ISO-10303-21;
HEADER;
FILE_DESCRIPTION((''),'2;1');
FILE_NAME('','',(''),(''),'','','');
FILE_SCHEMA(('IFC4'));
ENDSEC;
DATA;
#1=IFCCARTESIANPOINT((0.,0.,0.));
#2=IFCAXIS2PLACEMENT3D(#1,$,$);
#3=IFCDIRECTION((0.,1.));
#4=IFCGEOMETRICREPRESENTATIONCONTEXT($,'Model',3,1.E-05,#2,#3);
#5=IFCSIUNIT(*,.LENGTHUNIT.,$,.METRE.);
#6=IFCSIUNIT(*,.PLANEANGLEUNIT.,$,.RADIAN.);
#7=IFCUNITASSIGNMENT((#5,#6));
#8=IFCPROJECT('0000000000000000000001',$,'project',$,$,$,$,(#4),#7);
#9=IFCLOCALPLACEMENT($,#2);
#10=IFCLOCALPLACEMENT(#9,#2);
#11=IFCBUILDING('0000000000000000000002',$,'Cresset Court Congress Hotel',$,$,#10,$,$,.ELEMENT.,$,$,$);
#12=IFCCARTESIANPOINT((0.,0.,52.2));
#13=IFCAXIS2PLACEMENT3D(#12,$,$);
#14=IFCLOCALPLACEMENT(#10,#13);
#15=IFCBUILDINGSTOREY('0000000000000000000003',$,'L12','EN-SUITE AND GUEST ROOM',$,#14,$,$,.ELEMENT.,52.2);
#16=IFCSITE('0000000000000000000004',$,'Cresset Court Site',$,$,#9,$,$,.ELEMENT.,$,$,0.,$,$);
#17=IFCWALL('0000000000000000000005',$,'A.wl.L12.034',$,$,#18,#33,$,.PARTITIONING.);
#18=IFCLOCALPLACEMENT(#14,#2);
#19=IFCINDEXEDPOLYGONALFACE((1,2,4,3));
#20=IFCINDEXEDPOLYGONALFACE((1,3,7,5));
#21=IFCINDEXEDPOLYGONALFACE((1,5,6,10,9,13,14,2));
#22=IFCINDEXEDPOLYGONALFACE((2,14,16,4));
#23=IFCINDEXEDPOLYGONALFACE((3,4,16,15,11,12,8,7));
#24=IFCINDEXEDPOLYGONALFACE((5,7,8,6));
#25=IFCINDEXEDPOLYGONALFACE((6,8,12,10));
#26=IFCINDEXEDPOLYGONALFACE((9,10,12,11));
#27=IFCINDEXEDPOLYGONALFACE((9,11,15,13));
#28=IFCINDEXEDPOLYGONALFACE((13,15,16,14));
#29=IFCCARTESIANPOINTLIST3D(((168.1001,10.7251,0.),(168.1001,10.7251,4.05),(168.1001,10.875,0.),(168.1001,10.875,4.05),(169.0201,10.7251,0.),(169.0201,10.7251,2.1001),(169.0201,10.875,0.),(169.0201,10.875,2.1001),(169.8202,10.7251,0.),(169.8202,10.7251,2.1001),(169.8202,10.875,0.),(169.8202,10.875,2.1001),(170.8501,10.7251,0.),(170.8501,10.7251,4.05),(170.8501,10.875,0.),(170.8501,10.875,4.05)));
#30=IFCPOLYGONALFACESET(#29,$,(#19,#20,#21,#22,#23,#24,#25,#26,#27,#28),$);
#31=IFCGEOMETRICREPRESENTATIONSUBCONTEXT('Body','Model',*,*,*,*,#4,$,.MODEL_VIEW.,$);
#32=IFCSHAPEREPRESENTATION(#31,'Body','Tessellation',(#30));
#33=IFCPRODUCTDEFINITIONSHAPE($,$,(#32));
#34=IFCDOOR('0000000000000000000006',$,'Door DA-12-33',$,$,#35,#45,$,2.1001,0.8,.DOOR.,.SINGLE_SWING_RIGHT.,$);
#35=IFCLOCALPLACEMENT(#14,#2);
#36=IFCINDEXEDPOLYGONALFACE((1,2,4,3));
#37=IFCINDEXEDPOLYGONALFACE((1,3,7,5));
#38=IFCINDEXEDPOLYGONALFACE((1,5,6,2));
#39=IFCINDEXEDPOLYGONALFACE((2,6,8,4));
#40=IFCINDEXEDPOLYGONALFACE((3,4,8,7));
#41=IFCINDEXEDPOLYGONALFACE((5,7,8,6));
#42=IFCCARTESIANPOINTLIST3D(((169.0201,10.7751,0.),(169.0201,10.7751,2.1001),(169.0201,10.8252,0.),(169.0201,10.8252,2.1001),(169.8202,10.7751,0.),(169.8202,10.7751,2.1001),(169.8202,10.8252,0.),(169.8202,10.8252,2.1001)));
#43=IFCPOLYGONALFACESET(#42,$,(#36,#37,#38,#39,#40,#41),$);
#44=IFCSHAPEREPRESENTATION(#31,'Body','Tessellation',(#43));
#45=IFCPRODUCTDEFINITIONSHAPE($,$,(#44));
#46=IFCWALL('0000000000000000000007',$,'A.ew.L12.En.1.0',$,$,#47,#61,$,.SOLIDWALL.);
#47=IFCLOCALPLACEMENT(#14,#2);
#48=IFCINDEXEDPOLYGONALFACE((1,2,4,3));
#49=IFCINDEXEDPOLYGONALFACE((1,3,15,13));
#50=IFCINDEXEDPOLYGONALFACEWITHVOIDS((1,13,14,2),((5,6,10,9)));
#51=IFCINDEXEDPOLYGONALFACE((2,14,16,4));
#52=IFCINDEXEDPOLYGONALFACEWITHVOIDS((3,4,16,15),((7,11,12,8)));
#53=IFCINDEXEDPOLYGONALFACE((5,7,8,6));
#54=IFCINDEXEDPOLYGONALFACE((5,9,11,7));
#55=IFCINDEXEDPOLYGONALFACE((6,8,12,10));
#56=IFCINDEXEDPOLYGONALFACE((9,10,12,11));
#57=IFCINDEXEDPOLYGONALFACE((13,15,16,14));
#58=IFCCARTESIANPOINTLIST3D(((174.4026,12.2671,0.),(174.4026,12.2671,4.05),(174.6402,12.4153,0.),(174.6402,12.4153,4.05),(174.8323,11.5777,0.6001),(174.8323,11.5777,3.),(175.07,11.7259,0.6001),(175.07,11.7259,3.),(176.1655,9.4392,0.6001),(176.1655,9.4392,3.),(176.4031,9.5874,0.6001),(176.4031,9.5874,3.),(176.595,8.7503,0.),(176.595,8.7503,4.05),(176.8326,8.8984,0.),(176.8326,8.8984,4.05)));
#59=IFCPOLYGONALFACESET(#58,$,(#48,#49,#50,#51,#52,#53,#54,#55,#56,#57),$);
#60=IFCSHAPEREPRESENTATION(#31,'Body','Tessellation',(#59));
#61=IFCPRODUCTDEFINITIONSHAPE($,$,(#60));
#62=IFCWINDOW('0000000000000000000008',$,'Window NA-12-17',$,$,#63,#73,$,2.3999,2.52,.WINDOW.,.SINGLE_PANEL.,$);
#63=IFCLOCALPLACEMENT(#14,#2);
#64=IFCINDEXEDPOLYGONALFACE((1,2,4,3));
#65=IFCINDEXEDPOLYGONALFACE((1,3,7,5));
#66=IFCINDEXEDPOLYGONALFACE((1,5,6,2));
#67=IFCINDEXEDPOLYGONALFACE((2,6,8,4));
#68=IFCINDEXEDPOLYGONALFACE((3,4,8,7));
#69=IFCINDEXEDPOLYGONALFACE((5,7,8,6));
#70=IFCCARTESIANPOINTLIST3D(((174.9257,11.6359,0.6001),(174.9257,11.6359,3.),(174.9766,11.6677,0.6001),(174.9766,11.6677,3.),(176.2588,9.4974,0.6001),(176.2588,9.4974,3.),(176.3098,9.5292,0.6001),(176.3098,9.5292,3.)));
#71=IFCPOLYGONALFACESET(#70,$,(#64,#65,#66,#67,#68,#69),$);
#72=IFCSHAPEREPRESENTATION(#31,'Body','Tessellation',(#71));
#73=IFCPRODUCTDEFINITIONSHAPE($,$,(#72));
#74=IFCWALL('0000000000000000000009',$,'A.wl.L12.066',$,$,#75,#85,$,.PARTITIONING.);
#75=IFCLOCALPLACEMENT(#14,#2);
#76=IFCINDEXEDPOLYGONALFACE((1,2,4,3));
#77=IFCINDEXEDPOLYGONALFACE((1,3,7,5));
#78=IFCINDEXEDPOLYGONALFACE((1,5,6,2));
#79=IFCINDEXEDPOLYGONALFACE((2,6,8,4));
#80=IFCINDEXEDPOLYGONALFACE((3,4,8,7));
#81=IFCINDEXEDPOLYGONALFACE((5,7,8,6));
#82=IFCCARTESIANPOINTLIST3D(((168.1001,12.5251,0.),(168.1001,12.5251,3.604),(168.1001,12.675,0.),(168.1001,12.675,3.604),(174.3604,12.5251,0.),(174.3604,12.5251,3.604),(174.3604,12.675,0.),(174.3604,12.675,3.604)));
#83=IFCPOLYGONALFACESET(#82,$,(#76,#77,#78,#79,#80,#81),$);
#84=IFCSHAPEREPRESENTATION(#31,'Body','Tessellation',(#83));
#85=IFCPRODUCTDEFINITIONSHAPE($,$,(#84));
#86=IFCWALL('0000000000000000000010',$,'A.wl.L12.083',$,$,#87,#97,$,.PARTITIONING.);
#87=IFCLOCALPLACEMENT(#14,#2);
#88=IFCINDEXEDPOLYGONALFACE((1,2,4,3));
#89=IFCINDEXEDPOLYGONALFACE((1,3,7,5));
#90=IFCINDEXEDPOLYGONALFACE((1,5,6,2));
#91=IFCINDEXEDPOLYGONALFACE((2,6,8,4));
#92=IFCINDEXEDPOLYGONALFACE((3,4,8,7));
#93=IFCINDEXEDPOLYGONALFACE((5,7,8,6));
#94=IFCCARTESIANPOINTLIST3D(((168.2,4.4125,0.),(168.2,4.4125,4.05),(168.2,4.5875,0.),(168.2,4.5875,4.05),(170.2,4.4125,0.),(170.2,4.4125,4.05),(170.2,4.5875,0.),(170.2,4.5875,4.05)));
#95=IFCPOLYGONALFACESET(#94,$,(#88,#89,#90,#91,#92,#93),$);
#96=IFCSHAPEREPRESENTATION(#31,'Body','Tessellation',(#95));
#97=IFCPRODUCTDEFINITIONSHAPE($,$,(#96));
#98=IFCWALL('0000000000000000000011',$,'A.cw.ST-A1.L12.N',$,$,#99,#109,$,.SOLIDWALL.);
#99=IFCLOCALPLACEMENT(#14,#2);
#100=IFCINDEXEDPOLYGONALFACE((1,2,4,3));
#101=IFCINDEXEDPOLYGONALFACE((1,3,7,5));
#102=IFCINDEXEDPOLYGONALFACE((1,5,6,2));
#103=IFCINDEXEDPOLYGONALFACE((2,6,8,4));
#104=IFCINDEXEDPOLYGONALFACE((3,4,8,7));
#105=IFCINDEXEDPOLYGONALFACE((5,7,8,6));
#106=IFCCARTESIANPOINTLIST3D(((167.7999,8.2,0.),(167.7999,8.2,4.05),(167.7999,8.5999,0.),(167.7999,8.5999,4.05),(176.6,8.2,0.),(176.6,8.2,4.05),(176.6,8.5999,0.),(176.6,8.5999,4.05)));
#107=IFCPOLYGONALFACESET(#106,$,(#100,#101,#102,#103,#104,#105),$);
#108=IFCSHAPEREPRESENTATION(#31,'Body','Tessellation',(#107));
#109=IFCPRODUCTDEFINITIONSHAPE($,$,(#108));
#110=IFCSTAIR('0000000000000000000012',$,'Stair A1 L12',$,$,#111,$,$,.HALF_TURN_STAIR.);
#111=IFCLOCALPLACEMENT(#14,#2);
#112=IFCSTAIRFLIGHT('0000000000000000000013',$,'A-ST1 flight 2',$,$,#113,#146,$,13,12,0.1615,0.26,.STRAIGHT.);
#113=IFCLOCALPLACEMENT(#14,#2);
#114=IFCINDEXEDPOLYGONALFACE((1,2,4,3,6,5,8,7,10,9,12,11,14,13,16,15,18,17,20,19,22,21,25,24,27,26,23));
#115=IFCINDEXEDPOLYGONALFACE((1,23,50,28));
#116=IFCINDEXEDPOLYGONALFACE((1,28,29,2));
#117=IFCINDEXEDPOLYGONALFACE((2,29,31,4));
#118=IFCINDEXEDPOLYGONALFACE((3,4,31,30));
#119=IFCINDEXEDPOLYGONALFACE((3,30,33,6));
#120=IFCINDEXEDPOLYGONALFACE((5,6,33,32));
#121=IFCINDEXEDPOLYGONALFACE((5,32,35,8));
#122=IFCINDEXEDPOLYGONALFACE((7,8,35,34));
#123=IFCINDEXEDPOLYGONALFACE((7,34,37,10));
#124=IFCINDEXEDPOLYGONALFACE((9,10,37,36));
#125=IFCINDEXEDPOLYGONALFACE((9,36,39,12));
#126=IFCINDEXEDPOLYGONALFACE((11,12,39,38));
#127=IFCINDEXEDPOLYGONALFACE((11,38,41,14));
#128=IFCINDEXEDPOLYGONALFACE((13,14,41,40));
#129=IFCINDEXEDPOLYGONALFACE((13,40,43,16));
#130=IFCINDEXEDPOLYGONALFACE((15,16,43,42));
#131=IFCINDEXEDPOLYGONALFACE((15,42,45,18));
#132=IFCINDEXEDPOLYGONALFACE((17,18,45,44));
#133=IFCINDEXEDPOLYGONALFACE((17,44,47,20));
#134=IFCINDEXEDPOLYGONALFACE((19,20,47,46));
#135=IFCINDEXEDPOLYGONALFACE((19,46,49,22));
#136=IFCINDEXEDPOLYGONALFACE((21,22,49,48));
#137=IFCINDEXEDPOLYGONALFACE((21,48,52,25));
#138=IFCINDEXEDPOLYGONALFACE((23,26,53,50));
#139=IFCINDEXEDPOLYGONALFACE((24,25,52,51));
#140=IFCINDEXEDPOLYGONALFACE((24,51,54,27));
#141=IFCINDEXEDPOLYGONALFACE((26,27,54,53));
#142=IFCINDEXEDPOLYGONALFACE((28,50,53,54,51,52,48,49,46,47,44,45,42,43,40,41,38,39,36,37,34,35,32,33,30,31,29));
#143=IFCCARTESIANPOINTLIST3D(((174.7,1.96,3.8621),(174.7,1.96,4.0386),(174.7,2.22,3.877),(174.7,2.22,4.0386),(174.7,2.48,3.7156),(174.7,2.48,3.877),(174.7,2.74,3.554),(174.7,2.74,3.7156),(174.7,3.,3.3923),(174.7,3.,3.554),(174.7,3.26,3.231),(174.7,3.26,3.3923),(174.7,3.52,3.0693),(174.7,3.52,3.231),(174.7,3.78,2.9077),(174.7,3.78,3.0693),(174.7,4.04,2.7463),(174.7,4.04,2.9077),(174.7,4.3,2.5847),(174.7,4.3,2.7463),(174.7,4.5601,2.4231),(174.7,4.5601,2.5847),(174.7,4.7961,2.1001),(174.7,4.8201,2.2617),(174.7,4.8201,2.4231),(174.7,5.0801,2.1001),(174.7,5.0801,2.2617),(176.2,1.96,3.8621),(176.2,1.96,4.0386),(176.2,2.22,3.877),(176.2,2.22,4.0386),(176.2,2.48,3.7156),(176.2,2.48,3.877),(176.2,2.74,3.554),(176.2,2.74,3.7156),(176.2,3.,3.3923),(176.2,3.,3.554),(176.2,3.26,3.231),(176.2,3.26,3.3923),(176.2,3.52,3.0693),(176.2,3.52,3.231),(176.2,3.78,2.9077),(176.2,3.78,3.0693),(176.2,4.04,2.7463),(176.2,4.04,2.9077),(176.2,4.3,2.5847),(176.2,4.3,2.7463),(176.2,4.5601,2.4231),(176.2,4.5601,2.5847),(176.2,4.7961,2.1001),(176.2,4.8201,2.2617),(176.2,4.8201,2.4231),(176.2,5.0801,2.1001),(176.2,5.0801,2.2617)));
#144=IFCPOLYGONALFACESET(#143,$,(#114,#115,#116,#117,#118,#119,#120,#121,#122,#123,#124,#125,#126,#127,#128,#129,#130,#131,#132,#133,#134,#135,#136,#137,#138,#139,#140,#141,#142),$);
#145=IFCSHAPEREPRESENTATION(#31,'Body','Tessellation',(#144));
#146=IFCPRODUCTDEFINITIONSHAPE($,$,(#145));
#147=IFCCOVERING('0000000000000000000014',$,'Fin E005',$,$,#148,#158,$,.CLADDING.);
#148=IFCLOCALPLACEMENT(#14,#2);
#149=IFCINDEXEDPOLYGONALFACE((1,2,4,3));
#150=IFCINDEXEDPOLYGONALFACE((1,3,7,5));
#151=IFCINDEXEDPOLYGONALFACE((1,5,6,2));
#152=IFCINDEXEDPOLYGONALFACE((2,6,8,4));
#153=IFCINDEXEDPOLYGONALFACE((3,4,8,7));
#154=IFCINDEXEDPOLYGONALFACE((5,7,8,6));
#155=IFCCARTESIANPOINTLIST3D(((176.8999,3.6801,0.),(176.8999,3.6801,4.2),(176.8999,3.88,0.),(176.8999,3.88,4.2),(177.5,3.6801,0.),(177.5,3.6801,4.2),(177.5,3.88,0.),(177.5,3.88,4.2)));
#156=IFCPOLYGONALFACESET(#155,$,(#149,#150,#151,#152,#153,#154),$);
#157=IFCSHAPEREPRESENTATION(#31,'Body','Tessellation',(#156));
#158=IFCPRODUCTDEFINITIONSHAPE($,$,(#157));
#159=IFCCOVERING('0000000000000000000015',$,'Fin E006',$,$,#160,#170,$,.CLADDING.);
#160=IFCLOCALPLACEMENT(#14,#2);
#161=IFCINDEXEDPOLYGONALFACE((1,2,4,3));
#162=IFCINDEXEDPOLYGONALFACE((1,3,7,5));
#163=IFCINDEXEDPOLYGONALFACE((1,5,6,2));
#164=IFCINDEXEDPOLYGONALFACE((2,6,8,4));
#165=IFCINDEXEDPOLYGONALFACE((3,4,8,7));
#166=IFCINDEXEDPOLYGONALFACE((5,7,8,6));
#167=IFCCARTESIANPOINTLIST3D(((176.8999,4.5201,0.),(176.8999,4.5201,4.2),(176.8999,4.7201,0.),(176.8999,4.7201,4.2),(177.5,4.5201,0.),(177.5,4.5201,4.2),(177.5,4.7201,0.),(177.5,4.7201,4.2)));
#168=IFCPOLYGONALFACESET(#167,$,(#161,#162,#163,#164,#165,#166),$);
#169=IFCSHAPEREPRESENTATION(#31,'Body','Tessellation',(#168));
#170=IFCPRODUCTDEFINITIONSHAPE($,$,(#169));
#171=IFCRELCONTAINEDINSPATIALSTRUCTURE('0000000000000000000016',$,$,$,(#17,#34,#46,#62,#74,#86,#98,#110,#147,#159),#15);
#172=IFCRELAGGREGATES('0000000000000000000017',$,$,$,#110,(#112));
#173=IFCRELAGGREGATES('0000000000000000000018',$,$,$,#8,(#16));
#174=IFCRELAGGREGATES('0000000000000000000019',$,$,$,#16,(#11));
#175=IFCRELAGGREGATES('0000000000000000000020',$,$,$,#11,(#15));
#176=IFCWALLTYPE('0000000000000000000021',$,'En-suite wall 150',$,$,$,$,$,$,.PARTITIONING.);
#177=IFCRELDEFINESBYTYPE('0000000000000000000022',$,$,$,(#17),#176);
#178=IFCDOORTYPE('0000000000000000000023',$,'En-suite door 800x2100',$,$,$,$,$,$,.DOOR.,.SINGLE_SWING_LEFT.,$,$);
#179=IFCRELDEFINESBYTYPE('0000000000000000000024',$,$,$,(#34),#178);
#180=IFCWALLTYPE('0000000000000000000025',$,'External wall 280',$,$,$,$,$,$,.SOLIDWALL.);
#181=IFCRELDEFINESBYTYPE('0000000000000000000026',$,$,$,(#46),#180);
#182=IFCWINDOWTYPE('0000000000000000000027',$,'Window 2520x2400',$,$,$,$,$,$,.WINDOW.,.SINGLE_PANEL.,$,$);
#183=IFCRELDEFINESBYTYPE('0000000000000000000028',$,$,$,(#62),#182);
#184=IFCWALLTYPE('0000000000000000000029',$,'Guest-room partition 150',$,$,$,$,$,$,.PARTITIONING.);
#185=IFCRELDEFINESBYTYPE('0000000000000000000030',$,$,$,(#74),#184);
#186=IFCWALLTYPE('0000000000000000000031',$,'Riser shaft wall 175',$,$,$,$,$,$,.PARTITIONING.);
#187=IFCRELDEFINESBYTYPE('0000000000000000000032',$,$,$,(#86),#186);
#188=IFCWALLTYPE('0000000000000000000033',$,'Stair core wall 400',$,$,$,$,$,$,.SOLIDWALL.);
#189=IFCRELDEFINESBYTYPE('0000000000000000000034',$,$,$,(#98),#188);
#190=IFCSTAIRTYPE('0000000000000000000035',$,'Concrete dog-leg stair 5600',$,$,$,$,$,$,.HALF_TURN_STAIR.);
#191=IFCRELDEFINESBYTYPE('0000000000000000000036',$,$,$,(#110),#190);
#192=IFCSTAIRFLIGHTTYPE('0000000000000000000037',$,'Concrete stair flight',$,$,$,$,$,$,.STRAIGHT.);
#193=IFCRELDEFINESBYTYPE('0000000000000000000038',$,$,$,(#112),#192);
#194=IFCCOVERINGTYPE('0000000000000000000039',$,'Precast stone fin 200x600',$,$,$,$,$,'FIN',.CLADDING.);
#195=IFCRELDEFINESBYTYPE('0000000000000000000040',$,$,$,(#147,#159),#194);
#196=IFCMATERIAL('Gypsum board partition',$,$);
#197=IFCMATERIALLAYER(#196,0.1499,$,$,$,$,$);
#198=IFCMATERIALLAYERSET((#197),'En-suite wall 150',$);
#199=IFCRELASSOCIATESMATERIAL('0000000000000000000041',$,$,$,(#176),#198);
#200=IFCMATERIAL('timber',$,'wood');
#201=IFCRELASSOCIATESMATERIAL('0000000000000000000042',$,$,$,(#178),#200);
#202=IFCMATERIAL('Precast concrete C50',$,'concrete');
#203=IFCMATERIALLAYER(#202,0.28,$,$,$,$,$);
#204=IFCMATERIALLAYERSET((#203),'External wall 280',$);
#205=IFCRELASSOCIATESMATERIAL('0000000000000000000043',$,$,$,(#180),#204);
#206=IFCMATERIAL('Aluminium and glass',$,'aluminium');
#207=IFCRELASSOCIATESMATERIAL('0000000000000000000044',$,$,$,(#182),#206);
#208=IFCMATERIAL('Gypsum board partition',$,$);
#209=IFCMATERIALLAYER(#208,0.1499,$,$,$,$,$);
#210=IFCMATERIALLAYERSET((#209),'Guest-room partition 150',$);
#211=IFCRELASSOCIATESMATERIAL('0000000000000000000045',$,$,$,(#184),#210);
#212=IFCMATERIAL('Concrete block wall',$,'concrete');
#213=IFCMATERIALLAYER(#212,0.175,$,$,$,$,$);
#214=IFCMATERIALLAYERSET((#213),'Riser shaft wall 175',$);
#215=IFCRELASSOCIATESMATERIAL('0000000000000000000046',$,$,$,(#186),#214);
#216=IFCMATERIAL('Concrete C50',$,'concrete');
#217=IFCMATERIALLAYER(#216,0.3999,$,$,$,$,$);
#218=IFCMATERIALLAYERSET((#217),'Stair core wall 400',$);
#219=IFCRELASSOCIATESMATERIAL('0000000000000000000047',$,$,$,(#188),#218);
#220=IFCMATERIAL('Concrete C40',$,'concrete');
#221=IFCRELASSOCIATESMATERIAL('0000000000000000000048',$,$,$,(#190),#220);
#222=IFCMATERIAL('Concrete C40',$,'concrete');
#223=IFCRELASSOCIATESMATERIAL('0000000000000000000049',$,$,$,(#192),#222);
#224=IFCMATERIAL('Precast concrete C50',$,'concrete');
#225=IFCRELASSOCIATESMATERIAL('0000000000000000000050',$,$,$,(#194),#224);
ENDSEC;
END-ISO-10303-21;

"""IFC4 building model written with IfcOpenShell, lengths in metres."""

from ifc_helpers import new_model, si_unit, direction, frame, frame_2d, origin, origin_2d, place, context, subcontext, project, spatial, polyline, rectangle, outline, extrude, material, layer, layer_set, type_object, element, fill, aggregate, save


model = new_model("IFC4")

# Units and contexts
model_context = context("Model", 3, precision=1e-05, world=origin(), true_north=direction((0.0, 1.0)))
body_context = subcontext(model_context, "Body", "Model", "MODEL_VIEW")
ifc_project = project(units=[si_unit("LENGTHUNIT", "METRE"), si_unit("PLANEANGLEUNIT", "RADIAN")], contexts=[model_context])

# Site, building, storey
site_placement = place(None, origin())
site = spatial("IfcSite", under=ifc_project, at=site_placement, Name="Cresset Court Site", CompositionType="ELEMENT", RefElevation=0.0)
building_placement = place(site_placement, origin())
building = spatial("IfcBuilding", under=site, at=building_placement, Name="Cresset Court Congress Hotel", CompositionType="ELEMENT")
storey_placement = place(building_placement, frame((0.0, 0.0, 52.2)))
storey = spatial("IfcBuildingStorey", under=building, at=storey_placement, Name="L12", Description="EN-SUITE AND GUEST ROOM", CompositionType="ELEMENT", Elevation=52.2)

# Shared definitions
ifc_material_1 = material(Name="Gypsum board partition")
ifc_layer_1 = layer(ifc_material_1, 0.1499)
ifc_layer_set_1 = layer_set([ifc_layer_1], Name="En-suite wall 150")
wall_type_1 = type_object("IfcWallType", Name="En-suite wall 150", PredefinedType="PARTITIONING", material=ifc_layer_set_1)

# Wall, opening, door
wall_1_placement = place(storey_placement, frame((170.8501, 10.8, 0.0), z_axis=(0.0, 0.0, 1.0), x_axis=(-1.0, 0.0, 0.0)))
wall_1 = element("IfcWall", 1, at=wall_1_placement, inside=storey, type_object=wall_type_1, Name="A.wl.L12.034", PredefinedType="PARTITIONING", context=body_context, shape_type="SweptSolid", body=[
    extrude(rectangle(XDim=2.75, YDim=0.1499, at=frame_2d((1.375, 0.0))), origin(), (0.0, 0.0, 1.0), 4.05),
])
opening_1_placement = place(wall_1_placement, frame((1.03, 0.0, 0.0)))
opening_1 = element("IfcOpeningElement", 2, at=opening_1_placement, cuts=wall_1, PredefinedType="OPENING", context=body_context, shape_type="SweptSolid", body=[
    extrude(rectangle(XDim=0.8, YDim=2.1001, at=frame_2d((0.3999, 1.05))), frame((0.0, 0.085, 0.0), z_axis=(0.0, -1.0, 0.0), x_axis=(1.0, 0.0, 0.0)), (0.0, 0.0, 1.0), 0.1699),
])
ifc_material_2 = material(Name="timber", Category="wood")
door_type_1 = type_object("IfcDoorType", Name="En-suite door 800x2100", OperationType="SINGLE_SWING_LEFT", PredefinedType="DOOR", material=ifc_material_2)
door_1_placement = place(opening_1_placement, origin())
door_1 = element("IfcDoor", 3, at=door_1_placement, inside=storey, type_object=door_type_1, Name="Door DA-12-33", OperationType="SINGLE_SWING_RIGHT", OverallHeight=2.1001, OverallWidth=0.8, PredefinedType="DOOR", context=body_context, shape_type="SweptSolid", body=[
    extrude(rectangle(XDim=0.8, YDim=2.1001, at=frame_2d((0.3999, 1.05))), frame((0.0, 0.0249, 0.0), z_axis=(0.0, -1.0, 0.0), x_axis=(1.0, 0.0, 0.0)), (0.0, 0.0, 1.0), 0.05),
])
fill(opening_1, door_1)

# Wall, opening, window
ifc_material_3 = material(Name="Precast concrete C50", Category="concrete")
ifc_layer_2 = layer(ifc_material_3, 0.28)
ifc_layer_set_2 = layer_set([ifc_layer_2], Name="External wall 280")
wall_type_2 = type_object("IfcWallType", Name="External wall 280", PredefinedType="SOLIDWALL", material=ifc_layer_set_2)
wall_2_placement = place(storey_placement, frame((176.7139, 8.8242, 0.0), z_axis=(0.0, 0.0, 1.0), x_axis=(-0.529019, 0.84861, 0.0)))
wall_2 = element("IfcWall", 4, at=wall_2_placement, inside=storey, type_object=wall_type_2, Name="A.ew.L12.En.1.0", PredefinedType="SOLIDWALL", context=body_context, shape_type="SweptSolid", body=[
    extrude(rectangle(XDim=4.1443, YDim=0.28, at=frame_2d((2.0723, 0.0))), origin(), (0.0, 0.0, 1.0), 4.05),
])
opening_2_placement = place(wall_2_placement, frame((0.812, 0.0, 0.6001)))
opening_2 = element("IfcOpeningElement", 5, at=opening_2_placement, cuts=wall_2, PredefinedType="OPENING", context=body_context, shape_type="SweptSolid", body=[
    extrude(rectangle(XDim=2.52, YDim=2.3999, at=frame_2d((1.26, 1.2))), frame((0.0, 0.1499, 0.0), z_axis=(0.0, -1.0, 0.0), x_axis=(1.0, 0.0, 0.0)), (0.0, 0.0, 1.0), 0.3),
])
ifc_material_4 = material(Name="Aluminium and glass", Category="aluminium")
window_type = type_object("IfcWindowType", Name="Window 2520x2400", PartitioningType="SINGLE_PANEL", PredefinedType="WINDOW", material=ifc_material_4)
window_placement = place(opening_2_placement, origin())
window = element("IfcWindow", 6, at=window_placement, inside=storey, type_object=window_type, Name="Window NA-12-17", OverallHeight=2.3999, OverallWidth=2.52, PartitioningType="SINGLE_PANEL", PredefinedType="WINDOW", context=body_context, shape_type="SweptSolid", body=[
    extrude(rectangle(XDim=2.52, YDim=2.3999, at=frame_2d((1.26, 1.2))), frame((0.0, 0.03, 0.0), z_axis=(0.0, -1.0, 0.0), x_axis=(1.0, 0.0, 0.0)), (0.0, 0.0, 1.0), 0.0601),
])
fill(opening_2, window)

# Walls
ifc_material_5 = material(Name="Gypsum board partition")
ifc_layer_3 = layer(ifc_material_5, 0.1499)
ifc_layer_set_3 = layer_set([ifc_layer_3], Name="Guest-room partition 150")
wall_type_3 = type_object("IfcWallType", Name="Guest-room partition 150", PredefinedType="PARTITIONING", material=ifc_layer_set_3)
wall_3_placement = place(storey_placement, frame((168.1001, 12.6001, 0.0), z_axis=(0.0, 0.0, 1.0), x_axis=(1.0, 0.0, 0.0)))
element("IfcWall", 7, at=wall_3_placement, inside=storey, type_object=wall_type_3, Name="A.wl.L12.066", PredefinedType="PARTITIONING", context=body_context, shape_type="SweptSolid", body=[
    extrude(rectangle(XDim=6.2603, YDim=0.1499, at=frame_2d((3.1301, 0.0))), origin(), (0.0, 0.0, 1.0), 3.604),
])
ifc_material_6 = material(Name="Concrete block wall", Category="concrete")
ifc_layer_4 = layer(ifc_material_6, 0.175)
ifc_layer_set_4 = layer_set([ifc_layer_4], Name="Riser shaft wall 175")
wall_type_4 = type_object("IfcWallType", Name="Riser shaft wall 175", PredefinedType="PARTITIONING", material=ifc_layer_set_4)
wall_4_placement = place(storey_placement, frame((168.2, 4.5, 0.0), z_axis=(0.0, 0.0, 1.0), x_axis=(1.0, 0.0, 0.0)))
element("IfcWall", 8, at=wall_4_placement, inside=storey, type_object=wall_type_4, Name="A.wl.L12.083", PredefinedType="PARTITIONING", context=body_context, shape_type="SweptSolid", body=[
    extrude(rectangle(XDim=2.0, YDim=0.175, at=frame_2d((1.0, 0.0))), origin(), (0.0, 0.0, 1.0), 4.05),
])
ifc_material_7 = material(Name="Concrete C50", Category="concrete")
ifc_layer_5 = layer(ifc_material_7, 0.3999)
ifc_layer_set_5 = layer_set([ifc_layer_5], Name="Stair core wall 400")
wall_type_5 = type_object("IfcWallType", Name="Stair core wall 400", PredefinedType="SOLIDWALL", material=ifc_layer_set_5)
wall_5_placement = place(storey_placement, frame((167.8, 8.3999, 0.0), z_axis=(0.0, 0.0, 1.0), x_axis=(1.0, 0.0, 0.0)))
element("IfcWall", 9, at=wall_5_placement, inside=storey, type_object=wall_type_5, Name="A.cw.ST-A1.L12.N", PredefinedType="SOLIDWALL", context=body_context, shape_type="SweptSolid", body=[
    extrude(rectangle(XDim=8.8, YDim=0.3999, at=frame_2d((4.3999, 0.0))), origin(), (0.0, 0.0, 1.0), 4.05),
])

# Stair, stair flight
ifc_material_8 = material(Name="Concrete C40", Category="concrete")
stair_type = type_object("IfcStairType", Name="Concrete dog-leg stair 5600", PredefinedType="HALF_TURN_STAIR", material=ifc_material_8)
stair_placement = place(storey_placement, origin())
stair = element("IfcStair", 10, at=stair_placement, inside=storey, type_object=stair_type, Name="Stair A1 L12", PredefinedType="HALF_TURN_STAIR")
ifc_material_9 = material(Name="Concrete C40", Category="concrete")
stair_flight_type = type_object("IfcStairFlightType", Name="Concrete stair flight", PredefinedType="STRAIGHT", material=ifc_material_9)
stair_flight_placement = place(storey_placement, frame((175.45, 5.0801, 2.1001), z_axis=(0.0, 0.0, 1.0), x_axis=(0.0, -1.0, 0.0)))
stair_flight = element("IfcStairFlight", 11, at=stair_flight_placement, type_object=stair_flight_type, Name="A-ST1 flight 2", NumberOfRisers=13, NumberOfTreads=12, PredefinedType="STRAIGHT", RiserHeight=0.1615, TreadLength=0.26, context=body_context, shape_type="SweptSolid", body=[
    extrude(outline(polyline([(0.0, 0.0), (0.0, 0.1616), (0.26, 0.1616), (0.26, 0.323), (0.52, 0.323), (0.52, 0.4846), (0.78, 0.4846), (0.78, 0.6462), (1.04, 0.6462), (1.04, 0.8076), (1.3, 0.8076), (1.3, 0.9692), (1.5601, 0.9692), (1.5601, 1.1309), (1.8201, 1.1309), (1.8201, 1.2922), (2.0801, 1.2922), (2.0801, 1.4539), (2.3401, 1.4539), (2.3401, 1.6155), (2.6001, 1.6155), (2.6001, 1.7769), (2.8601, 1.7769), (2.8601, 1.9385), (3.1201, 1.9385), (3.1201, 2.1001), (3.1201, 1.762), (0.2839, 0.0), (0.0, 0.0)])), frame((0.0, 0.75, 0.0), z_axis=(0.0, -1.0, 0.0), x_axis=(1.0, 0.0, 0.0)), (0.0, 0.0, 1.0), 1.5),
])
aggregate(stair, [stair_flight])

# Coverings
ifc_material_10 = material(Name="Precast concrete C50", Category="concrete")
covering_type_1 = type_object("IfcCoveringType", Name="Precast stone fin 200x600", ElementType="FIN", PredefinedType="CLADDING", material=ifc_material_10)
for number, where, z_axis, x_axis, name in (
    (12, (177.2, 3.78, 0.0), (0.0, 0.0, 1.0), (1.0, 0.0, 0.0), "Fin E005"),
    (13, (177.2, 4.6201, 0.0), (0.0, 0.0, 1.0), (1.0, 0.0, 0.0), "Fin E006"),
):
    element("IfcCovering", number, at=place(storey_placement, frame(where, z_axis=z_axis, x_axis=x_axis)), inside=storey, type_object=covering_type_1, Name=name, PredefinedType="CLADDING", context=body_context, shape_type="SweptSolid", body=[
        extrude(rectangle(XDim=0.6001, YDim=0.2, at=origin_2d()), origin(), (0.0, 0.0, 1.0), 4.2),
    ])

save(model, "model.ifc")
